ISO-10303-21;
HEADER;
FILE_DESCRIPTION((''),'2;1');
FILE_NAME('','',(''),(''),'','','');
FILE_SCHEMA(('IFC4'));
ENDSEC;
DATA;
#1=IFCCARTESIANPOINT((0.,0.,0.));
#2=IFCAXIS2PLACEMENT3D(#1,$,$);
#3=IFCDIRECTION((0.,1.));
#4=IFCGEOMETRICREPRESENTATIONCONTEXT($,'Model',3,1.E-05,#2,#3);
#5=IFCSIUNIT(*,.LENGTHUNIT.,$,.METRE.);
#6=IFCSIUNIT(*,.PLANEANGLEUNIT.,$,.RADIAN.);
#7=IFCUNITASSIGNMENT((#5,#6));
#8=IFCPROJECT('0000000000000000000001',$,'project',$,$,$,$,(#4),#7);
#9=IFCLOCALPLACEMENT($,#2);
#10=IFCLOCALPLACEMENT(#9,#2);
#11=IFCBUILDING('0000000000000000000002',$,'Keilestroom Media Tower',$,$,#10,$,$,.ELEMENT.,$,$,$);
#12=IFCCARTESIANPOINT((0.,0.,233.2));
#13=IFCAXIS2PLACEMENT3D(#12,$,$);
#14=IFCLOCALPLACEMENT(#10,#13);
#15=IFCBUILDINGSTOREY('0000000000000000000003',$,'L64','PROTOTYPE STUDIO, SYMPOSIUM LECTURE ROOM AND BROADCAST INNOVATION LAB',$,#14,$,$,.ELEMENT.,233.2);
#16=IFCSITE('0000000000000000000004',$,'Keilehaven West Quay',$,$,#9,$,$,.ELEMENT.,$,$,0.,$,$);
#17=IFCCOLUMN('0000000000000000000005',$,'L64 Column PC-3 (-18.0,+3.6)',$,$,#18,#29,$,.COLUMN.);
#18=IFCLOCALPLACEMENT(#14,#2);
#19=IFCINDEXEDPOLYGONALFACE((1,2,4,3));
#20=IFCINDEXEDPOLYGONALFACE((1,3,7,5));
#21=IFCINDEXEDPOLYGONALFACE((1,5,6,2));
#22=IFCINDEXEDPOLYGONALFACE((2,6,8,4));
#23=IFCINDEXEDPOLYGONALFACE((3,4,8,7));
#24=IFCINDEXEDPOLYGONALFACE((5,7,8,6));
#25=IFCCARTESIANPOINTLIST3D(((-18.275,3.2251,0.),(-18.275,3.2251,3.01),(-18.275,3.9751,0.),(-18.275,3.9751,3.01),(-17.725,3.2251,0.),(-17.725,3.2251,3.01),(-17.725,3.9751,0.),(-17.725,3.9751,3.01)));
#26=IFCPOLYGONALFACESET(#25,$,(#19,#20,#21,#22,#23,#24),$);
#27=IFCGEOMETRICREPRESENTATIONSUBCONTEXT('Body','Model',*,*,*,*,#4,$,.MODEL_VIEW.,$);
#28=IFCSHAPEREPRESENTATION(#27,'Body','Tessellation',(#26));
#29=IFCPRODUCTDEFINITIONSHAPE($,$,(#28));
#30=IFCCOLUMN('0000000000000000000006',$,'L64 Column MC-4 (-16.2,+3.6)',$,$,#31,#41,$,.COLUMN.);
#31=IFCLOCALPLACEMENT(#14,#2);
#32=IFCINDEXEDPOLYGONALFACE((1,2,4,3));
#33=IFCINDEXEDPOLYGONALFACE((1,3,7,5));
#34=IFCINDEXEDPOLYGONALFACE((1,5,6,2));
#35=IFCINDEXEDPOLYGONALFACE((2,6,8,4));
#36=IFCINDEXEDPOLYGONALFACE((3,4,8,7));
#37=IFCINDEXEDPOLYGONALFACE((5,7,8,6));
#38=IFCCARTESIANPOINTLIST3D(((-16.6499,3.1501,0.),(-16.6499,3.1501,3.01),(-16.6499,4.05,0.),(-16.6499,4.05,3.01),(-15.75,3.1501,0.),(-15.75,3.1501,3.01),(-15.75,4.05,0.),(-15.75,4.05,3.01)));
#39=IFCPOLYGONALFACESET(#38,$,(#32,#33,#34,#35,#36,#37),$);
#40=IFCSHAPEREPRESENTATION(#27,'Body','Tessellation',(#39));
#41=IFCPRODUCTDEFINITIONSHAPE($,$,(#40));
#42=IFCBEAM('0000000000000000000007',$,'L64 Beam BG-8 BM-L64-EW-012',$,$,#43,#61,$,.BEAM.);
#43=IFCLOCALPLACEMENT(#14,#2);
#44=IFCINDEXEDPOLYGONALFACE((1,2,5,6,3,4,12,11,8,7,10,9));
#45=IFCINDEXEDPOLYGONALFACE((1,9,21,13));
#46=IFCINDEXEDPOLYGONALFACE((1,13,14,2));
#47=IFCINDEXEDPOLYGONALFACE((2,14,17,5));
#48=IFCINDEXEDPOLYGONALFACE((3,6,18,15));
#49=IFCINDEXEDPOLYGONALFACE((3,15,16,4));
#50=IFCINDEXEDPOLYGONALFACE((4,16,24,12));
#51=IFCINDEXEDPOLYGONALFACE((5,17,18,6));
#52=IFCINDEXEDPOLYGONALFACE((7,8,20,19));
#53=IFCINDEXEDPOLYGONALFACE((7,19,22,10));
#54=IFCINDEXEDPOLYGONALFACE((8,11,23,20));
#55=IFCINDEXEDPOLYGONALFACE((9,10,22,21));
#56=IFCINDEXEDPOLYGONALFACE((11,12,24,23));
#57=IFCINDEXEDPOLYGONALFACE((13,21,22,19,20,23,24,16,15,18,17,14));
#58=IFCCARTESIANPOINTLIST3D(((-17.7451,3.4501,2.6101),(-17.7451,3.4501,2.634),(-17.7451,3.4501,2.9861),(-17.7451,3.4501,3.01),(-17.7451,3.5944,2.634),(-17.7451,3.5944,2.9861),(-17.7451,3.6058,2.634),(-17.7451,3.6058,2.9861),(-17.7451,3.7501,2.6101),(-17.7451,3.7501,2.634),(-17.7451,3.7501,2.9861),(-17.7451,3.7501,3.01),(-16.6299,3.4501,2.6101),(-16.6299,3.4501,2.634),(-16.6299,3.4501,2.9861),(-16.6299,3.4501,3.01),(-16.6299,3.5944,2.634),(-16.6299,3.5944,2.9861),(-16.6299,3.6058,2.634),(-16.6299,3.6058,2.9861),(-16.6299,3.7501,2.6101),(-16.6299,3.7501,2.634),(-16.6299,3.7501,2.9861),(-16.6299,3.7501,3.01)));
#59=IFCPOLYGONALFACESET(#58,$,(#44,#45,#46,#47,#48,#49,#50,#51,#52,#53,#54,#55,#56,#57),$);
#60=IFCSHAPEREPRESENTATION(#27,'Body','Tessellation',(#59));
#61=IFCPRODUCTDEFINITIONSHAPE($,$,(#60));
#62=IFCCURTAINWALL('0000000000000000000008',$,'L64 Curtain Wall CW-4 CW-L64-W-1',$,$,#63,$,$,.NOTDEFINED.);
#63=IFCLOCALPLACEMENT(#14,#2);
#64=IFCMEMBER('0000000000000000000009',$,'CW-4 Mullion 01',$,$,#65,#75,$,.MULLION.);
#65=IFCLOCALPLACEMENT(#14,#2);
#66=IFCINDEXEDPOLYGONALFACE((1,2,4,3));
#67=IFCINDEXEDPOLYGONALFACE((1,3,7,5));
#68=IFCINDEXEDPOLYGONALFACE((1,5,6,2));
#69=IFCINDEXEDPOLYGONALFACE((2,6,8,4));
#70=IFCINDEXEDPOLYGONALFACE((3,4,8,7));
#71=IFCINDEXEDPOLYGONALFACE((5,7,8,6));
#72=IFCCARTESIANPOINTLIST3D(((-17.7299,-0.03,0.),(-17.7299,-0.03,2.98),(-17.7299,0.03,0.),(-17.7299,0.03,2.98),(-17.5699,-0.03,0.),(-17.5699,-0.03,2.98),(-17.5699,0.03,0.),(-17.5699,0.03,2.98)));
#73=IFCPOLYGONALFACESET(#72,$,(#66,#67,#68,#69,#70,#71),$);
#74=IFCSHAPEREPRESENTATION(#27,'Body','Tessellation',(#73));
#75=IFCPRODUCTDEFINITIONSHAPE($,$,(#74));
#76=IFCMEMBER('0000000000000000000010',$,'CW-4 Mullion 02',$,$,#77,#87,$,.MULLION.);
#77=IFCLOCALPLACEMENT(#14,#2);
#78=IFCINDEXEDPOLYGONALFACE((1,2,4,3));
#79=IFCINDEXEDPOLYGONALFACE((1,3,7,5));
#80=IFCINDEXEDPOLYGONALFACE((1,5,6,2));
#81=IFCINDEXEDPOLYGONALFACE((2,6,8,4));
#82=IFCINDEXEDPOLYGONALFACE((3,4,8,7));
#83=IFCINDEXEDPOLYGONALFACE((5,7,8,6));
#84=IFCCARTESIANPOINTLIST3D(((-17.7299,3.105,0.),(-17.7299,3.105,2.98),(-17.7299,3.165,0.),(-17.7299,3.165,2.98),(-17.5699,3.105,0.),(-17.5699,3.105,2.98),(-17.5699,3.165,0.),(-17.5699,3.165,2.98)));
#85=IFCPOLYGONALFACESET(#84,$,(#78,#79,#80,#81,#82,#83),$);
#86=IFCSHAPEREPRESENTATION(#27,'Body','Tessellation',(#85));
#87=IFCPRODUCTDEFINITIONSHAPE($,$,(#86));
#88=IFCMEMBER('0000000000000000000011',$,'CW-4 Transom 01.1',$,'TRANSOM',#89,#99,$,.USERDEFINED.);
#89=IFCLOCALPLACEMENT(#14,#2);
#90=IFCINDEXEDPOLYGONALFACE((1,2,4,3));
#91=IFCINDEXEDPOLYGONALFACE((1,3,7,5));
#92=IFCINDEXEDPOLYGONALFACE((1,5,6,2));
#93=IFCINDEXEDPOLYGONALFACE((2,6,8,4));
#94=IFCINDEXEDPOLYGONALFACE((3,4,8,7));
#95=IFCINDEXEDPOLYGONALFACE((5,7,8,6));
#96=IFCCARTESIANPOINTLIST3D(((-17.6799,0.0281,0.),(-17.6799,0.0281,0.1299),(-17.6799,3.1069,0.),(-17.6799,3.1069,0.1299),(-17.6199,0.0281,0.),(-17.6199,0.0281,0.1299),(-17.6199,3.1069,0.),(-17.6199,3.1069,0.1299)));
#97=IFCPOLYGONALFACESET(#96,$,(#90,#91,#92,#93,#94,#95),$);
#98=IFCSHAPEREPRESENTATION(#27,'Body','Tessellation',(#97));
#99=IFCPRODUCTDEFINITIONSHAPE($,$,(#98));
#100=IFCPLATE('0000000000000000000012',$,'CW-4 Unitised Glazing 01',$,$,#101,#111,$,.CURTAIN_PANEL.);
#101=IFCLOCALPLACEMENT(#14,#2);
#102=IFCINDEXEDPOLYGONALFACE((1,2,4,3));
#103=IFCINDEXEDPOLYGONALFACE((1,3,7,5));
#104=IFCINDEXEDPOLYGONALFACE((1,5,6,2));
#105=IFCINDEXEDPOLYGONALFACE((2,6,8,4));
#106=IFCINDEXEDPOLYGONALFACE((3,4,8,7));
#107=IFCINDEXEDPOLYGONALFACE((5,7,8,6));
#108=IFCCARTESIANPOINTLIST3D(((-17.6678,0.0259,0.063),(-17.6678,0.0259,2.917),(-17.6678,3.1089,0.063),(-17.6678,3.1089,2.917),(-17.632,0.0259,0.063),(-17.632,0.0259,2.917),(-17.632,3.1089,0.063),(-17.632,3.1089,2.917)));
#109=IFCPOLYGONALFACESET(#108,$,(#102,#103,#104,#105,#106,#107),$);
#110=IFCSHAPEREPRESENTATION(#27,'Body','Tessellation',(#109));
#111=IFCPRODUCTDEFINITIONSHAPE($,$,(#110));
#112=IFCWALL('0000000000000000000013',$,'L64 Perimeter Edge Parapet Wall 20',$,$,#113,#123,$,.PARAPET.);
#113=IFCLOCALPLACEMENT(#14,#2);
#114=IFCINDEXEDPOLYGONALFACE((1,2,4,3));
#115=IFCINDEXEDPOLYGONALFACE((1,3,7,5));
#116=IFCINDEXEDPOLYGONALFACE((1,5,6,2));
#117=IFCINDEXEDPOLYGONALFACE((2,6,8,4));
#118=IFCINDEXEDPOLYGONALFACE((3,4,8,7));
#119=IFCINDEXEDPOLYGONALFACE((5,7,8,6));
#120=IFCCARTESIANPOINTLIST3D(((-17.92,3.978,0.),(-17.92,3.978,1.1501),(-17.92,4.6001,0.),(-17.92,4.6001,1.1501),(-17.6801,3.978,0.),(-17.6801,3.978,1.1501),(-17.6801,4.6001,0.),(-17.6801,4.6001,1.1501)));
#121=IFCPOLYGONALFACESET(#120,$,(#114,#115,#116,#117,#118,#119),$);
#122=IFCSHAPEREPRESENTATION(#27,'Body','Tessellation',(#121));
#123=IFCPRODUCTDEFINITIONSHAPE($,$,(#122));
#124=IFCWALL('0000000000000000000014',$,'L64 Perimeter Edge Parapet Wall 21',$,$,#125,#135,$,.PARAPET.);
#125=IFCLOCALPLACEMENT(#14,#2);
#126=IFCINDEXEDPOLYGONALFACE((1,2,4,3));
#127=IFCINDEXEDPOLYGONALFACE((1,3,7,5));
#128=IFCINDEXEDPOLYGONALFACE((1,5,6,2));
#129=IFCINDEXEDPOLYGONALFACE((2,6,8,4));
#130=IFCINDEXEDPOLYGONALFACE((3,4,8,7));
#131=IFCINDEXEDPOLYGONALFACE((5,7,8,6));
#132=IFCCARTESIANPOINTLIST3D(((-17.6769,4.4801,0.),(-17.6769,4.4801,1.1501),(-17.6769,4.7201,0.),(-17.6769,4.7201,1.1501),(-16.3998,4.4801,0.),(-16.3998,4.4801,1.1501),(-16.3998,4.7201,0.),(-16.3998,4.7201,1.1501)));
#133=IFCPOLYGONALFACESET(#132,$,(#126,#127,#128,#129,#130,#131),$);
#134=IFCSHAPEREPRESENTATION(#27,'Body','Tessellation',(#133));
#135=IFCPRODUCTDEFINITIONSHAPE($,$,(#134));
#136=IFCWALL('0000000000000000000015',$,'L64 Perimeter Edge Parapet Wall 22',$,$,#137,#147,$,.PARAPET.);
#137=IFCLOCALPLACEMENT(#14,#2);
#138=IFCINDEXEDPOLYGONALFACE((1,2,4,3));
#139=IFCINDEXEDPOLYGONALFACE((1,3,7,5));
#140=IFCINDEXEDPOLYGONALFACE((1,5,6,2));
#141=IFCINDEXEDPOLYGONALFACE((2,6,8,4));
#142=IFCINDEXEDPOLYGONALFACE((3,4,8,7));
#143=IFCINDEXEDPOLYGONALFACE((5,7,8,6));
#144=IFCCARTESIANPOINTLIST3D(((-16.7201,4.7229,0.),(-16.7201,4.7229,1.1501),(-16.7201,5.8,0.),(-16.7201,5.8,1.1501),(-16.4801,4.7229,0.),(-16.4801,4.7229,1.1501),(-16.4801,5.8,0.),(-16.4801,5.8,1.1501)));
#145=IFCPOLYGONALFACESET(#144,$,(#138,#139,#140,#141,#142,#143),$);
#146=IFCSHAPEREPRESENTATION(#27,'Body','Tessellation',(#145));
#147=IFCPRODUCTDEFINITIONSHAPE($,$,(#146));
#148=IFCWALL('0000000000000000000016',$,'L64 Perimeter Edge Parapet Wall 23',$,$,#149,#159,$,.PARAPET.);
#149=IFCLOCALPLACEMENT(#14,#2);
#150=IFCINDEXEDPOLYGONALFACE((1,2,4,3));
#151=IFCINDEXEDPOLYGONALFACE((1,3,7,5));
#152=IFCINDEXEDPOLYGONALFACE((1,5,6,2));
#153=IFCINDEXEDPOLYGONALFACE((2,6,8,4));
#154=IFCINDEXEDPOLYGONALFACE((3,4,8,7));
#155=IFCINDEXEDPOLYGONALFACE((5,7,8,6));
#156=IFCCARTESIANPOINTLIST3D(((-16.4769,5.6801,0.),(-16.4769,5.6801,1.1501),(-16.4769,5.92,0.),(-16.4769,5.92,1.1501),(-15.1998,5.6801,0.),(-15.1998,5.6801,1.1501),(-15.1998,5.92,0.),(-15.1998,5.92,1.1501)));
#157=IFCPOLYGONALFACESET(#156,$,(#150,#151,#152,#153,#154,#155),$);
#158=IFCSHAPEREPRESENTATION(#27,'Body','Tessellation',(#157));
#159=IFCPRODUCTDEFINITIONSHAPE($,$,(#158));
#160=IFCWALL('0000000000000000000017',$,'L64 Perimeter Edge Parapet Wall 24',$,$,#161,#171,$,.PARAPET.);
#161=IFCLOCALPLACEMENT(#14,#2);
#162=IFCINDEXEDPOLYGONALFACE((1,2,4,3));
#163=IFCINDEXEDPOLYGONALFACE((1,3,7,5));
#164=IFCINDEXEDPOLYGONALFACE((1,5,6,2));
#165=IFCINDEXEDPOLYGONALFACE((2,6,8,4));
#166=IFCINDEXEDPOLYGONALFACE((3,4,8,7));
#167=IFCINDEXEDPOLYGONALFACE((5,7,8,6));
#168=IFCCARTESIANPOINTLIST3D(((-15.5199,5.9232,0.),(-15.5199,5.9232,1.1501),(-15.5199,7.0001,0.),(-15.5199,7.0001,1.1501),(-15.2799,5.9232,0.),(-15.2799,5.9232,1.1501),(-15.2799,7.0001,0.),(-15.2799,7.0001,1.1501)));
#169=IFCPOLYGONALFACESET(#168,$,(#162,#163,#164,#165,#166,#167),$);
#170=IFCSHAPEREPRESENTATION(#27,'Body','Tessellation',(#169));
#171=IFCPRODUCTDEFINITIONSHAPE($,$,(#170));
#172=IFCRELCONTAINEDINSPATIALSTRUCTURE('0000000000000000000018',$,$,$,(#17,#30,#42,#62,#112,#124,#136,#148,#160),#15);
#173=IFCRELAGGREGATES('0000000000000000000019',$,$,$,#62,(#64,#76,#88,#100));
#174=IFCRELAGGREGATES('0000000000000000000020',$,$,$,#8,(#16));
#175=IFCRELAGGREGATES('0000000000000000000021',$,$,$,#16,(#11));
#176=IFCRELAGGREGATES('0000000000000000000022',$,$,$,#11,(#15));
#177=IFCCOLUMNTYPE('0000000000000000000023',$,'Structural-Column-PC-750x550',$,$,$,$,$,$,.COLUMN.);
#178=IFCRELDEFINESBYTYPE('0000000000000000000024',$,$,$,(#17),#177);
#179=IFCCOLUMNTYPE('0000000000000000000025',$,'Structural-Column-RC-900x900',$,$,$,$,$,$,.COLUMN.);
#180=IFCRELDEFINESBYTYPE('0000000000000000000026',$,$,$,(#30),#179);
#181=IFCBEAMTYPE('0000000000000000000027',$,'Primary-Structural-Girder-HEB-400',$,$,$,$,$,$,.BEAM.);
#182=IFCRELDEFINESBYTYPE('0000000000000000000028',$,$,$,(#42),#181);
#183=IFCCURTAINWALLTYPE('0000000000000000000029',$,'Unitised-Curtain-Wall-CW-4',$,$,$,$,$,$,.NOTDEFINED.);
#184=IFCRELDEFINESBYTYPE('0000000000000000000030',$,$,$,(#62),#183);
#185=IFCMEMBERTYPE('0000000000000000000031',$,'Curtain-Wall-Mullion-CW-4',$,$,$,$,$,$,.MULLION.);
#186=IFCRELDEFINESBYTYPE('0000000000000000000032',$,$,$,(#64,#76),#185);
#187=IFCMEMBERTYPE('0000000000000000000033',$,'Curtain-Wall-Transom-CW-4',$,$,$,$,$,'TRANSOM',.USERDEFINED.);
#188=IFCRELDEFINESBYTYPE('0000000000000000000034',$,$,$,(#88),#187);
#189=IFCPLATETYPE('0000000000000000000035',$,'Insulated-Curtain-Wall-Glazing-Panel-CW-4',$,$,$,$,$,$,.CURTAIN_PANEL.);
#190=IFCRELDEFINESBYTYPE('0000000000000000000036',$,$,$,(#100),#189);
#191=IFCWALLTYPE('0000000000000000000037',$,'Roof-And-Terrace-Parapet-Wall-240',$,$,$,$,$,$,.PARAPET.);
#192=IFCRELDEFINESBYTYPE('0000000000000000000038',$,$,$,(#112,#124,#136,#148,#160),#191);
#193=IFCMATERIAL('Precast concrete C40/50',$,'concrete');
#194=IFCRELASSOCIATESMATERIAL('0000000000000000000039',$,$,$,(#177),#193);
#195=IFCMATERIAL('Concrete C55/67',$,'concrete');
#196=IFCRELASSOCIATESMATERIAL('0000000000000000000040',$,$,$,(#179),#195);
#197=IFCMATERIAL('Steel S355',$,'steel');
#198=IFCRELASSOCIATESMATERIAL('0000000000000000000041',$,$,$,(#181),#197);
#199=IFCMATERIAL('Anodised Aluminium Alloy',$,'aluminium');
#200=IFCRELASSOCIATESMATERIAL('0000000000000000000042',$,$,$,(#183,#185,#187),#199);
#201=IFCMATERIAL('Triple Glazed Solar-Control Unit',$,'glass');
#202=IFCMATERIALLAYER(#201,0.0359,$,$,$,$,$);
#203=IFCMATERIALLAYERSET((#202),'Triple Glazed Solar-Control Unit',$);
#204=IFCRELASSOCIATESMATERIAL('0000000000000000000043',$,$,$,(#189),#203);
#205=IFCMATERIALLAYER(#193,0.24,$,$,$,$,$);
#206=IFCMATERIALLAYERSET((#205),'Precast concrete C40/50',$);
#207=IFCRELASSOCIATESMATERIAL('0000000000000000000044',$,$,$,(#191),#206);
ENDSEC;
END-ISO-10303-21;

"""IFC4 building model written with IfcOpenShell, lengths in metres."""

from ifc_helpers import new_model, si_unit, direction, frame, frame_2d, origin, origin_2d, place, context, subcontext, project, spatial, rectangle, i_section, extrude, source, transform, mapped, material, layer, layer_set, material_profile, profile_set, type_object, element, aggregate, save


model = new_model("IFC4")

# Units and contexts
model_context = context("Model", 3, precision=1e-05, world=origin(), true_north=direction((0.0, 1.0)))
body_context = subcontext(model_context, "Body", "Model", "MODEL_VIEW")
ifc_project = project(units=[si_unit("LENGTHUNIT", "METRE"), si_unit("PLANEANGLEUNIT", "RADIAN")], contexts=[model_context])

# Site, building, storey
site_placement = place(None, origin())
site = spatial("IfcSite", under=ifc_project, at=site_placement, Name="Keilehaven West Quay", CompositionType="ELEMENT", RefElevation=0.0)
building_placement = place(site_placement, origin())
building = spatial("IfcBuilding", under=site, at=building_placement, Name="Keilestroom Media Tower", CompositionType="ELEMENT")
storey_placement = place(building_placement, frame((0.0, 0.0, 233.2)))
storey = spatial("IfcBuildingStorey", under=building, at=storey_placement, Name="L64", Description="PROTOTYPE STUDIO, SYMPOSIUM LECTURE ROOM AND BROADCAST INNOVATION LAB", CompositionType="ELEMENT", Elevation=233.2)

# Columns
ifc_material_1 = material(Name="Precast concrete C40/50", Category="concrete")
ifc_material_profile_1 = material_profile(ifc_material_1, rectangle(XDim=0.55, YDim=0.75, at=origin_2d()), Name="PC 750x550")
ifc_profile_set_1 = profile_set([ifc_material_profile_1], Name="Precast concrete C40/50")
column_type_1 = type_object("IfcColumnType", Name="Structural-Column-PC-750x550", PredefinedType="COLUMN", material=ifc_profile_set_1)
shared_shape_1 = source(origin(), body_context, "Body", "SweptSolid", [
    extrude(rectangle(XDim=0.55, YDim=0.75, at=origin_2d()), origin(), (0.0, 0.0, 1.0), 3.01),
])
column_1_placement = place(storey_placement, frame((-18.0, 3.6001, 0.0), z_axis=(0.0, 0.0, 1.0), x_axis=(1.0, 0.0, 0.0)))
element("IfcColumn", 1, at=column_1_placement, inside=storey, type_object=column_type_1, Name="L64 Column PC-3 (-18.0,+3.6)", PredefinedType="COLUMN", context=body_context, shape_type="MappedRepresentation", body=[
    mapped(shared_shape_1, transform((0.0, 0.0, 0.0), x_axis=(1.0, 0.0, 0.0), y_axis=(0.0, 1.0, 0.0), z_axis=(0.0, 0.0, 1.0), scale=1.0)),
])
ifc_material_2 = material(Name="Concrete C55/67", Category="concrete")
ifc_material_profile_2 = material_profile(ifc_material_2, rectangle(XDim=0.8999, YDim=0.8999, at=origin_2d()), Name="RC 900x900")
ifc_profile_set_2 = profile_set([ifc_material_profile_2], Name="Concrete C55/67")
column_type_2 = type_object("IfcColumnType", Name="Structural-Column-RC-900x900", PredefinedType="COLUMN", material=ifc_profile_set_2)
shared_shape_2 = source(origin(), body_context, "Body", "SweptSolid", [
    extrude(rectangle(XDim=0.8999, YDim=0.8999, at=origin_2d()), origin(), (0.0, 0.0, 1.0), 3.01),
])
column_2_placement = place(storey_placement, frame((-16.2, 3.6001, 0.0), z_axis=(0.0, 0.0, 1.0), x_axis=(1.0, 0.0, 0.0)))
element("IfcColumn", 2, at=column_2_placement, inside=storey, type_object=column_type_2, Name="L64 Column MC-4 (-16.2,+3.6)", PredefinedType="COLUMN", context=body_context, shape_type="MappedRepresentation", body=[
    mapped(shared_shape_2, transform((0.0, 0.0, 0.0), x_axis=(1.0, 0.0, 0.0), y_axis=(0.0, 1.0, 0.0), z_axis=(0.0, 0.0, 1.0), scale=1.0)),
])

# Beam
ifc_material_3 = material(Name="Steel S355", Category="steel")
ifc_material_profile_3 = material_profile(ifc_material_3, i_section(OverallWidth=0.3, OverallDepth=0.3999, WebThickness=0.0115, FlangeThickness=0.0239, at=origin_2d()), Name="HEB 400")
ifc_profile_set_3 = profile_set([ifc_material_profile_3], Name="Steel S355")
beam_type = type_object("IfcBeamType", Name="Primary-Structural-Girder-HEB-400", PredefinedType="BEAM", material=ifc_profile_set_3)
shared_shape_3 = source(origin(), body_context, "Body", "SweptSolid", [
    extrude(i_section(OverallWidth=0.3, OverallDepth=0.3999, WebThickness=0.0115, FlangeThickness=0.0239, at=origin_2d()), origin(), (0.0, 0.0, 1.0), 1.1152),
])
beam_placement = place(storey_placement, frame((-17.7451, 3.6001, 2.8101), z_axis=(1.0, 0.0, 0.0), x_axis=(0.0, 1.0, 0.0)))
element("IfcBeam", 3, at=beam_placement, inside=storey, type_object=beam_type, Name="L64 Beam BG-8 BM-L64-EW-012", PredefinedType="BEAM", context=body_context, shape_type="MappedRepresentation", body=[
    mapped(shared_shape_3, transform((0.0, 0.0, 0.0), x_axis=(1.0, 0.0, 0.0), y_axis=(0.0, 1.0, 0.0), z_axis=(0.0, 0.0, 1.0), scale=1.0)),
])

# Curtain wall, members, plate
ifc_material_4 = material(Name="Anodised Aluminium Alloy", Category="aluminium")
curtain_wall_type = type_object("IfcCurtainWallType", Name="Unitised-Curtain-Wall-CW-4", PredefinedType="NOTDEFINED", material=ifc_material_4)
curtain_wall_placement = place(storey_placement, origin())
curtain_wall = element("IfcCurtainWall", 4, at=curtain_wall_placement, inside=storey, type_object=curtain_wall_type, Name="L64 Curtain Wall CW-4 CW-L64-W-1", PredefinedType="NOTDEFINED")
ifc_material_profile_4 = material_profile(ifc_material_4, rectangle(XDim=0.0601, YDim=0.1599, at=origin_2d()), Name="ALU MULLION 60x160")
ifc_profile_set_4 = profile_set([ifc_material_profile_4], Name="Anodised Aluminium Alloy")
member_type_1 = type_object("IfcMemberType", Name="Curtain-Wall-Mullion-CW-4", PredefinedType="MULLION", material=ifc_profile_set_4)
shared_shape_4 = source(origin(), body_context, "Body", "SweptSolid", [
    extrude(rectangle(XDim=0.0601, YDim=0.1599, at=origin_2d()), origin(), (0.0, 0.0, 1.0), 2.98),
])
member_1_placement = place(storey_placement, frame((-17.6499, 0.0, 0.0), z_axis=(0.0, 0.0, 1.0), x_axis=(0.0, 1.0, 0.0)))
member_1 = element("IfcMember", 5, at=member_1_placement, type_object=member_type_1, Name="CW-4 Mullion 01", PredefinedType="MULLION", context=body_context, shape_type="MappedRepresentation", body=[
    mapped(shared_shape_4, transform((0.0, 0.0, 0.0), x_axis=(1.0, 0.0, 0.0), y_axis=(0.0, 1.0, 0.0), z_axis=(0.0, 0.0, 1.0), scale=1.0)),
])
member_2_placement = place(storey_placement, frame((-17.6499, 3.135, 0.0), z_axis=(0.0, 0.0, 1.0), x_axis=(0.0, 1.0, 0.0)))
member_2 = element("IfcMember", 6, at=member_2_placement, type_object=member_type_1, Name="CW-4 Mullion 02", PredefinedType="MULLION", context=body_context, shape_type="MappedRepresentation", body=[
    mapped(shared_shape_4, transform((0.0, 0.0, 0.0), x_axis=(1.0, 0.0, 0.0), y_axis=(0.0, 1.0, 0.0), z_axis=(0.0, 0.0, 1.0), scale=1.0)),
])
ifc_material_profile_5 = material_profile(ifc_material_4, rectangle(XDim=0.0601, YDim=0.1299, at=origin_2d()), Name="ALU TRANSOM 60x130")
ifc_profile_set_5 = profile_set([ifc_material_profile_5], Name="Anodised Aluminium Alloy")
member_type_2 = type_object("IfcMemberType", Name="Curtain-Wall-Transom-CW-4", ElementType="TRANSOM", PredefinedType="USERDEFINED", material=ifc_profile_set_5)
shared_shape_5 = source(origin(), body_context, "Body", "SweptSolid", [
    extrude(rectangle(XDim=0.0601, YDim=0.1299, at=origin_2d()), origin(), (0.0, 0.0, 1.0), 3.0789),
])
member_3_placement = place(storey_placement, frame((-17.6499, 0.0281, 0.0649), z_axis=(0.0, 1.0, 0.0), x_axis=(-1.0, 0.0, 0.0)))
member_3 = element("IfcMember", 7, at=member_3_placement, type_object=member_type_2, Name="CW-4 Transom 01.1", ObjectType="TRANSOM", PredefinedType="USERDEFINED", context=body_context, shape_type="MappedRepresentation", body=[
    mapped(shared_shape_5, transform((0.0, 0.0, 0.0), x_axis=(1.0, 0.0, 0.0), y_axis=(0.0, 1.0, 0.0), z_axis=(0.0, 0.0, 1.0), scale=1.0)),
])
ifc_material_5 = material(Name="Triple Glazed Solar-Control Unit", Category="glass")
ifc_layer_1 = layer(ifc_material_5, 0.0359)
ifc_layer_set_1 = layer_set([ifc_layer_1], Name="Triple Glazed Solar-Control Unit")
plate_type = type_object("IfcPlateType", Name="Insulated-Curtain-Wall-Glazing-Panel-CW-4", PredefinedType="CURTAIN_PANEL", material=ifc_layer_set_1)
shared_shape_6 = source(origin(), body_context, "Body", "SweptSolid", [
    extrude(rectangle(XDim=3.083, YDim=0.0359, at=origin_2d()), origin(), (0.0, 0.0, 1.0), 2.854),
])
plate_placement = place(storey_placement, frame((-17.6499, 1.5674, 0.063), z_axis=(0.0, 0.0, 1.0), x_axis=(0.0, 1.0, 0.0)))
plate = element("IfcPlate", 8, at=plate_placement, type_object=plate_type, Name="CW-4 Unitised Glazing 01", PredefinedType="CURTAIN_PANEL", context=body_context, shape_type="MappedRepresentation", body=[
    mapped(shared_shape_6, transform((0.0, 0.0, 0.0), x_axis=(1.0, 0.0, 0.0), y_axis=(0.0, 1.0, 0.0), z_axis=(0.0, 0.0, 1.0), scale=1.0)),
])
aggregate(curtain_wall, [member_1, member_2, member_3, plate])

# Walls
ifc_layer_2 = layer(ifc_material_1, 0.24)
ifc_layer_set_2 = layer_set([ifc_layer_2], Name="Precast concrete C40/50")
wall_type = type_object("IfcWallType", Name="Roof-And-Terrace-Parapet-Wall-240", PredefinedType="PARAPET", material=ifc_layer_set_2)
wall_1_placement = place(storey_placement, frame((-17.8, 3.978, 0.0), z_axis=(0.0, 0.0, 1.0), x_axis=(0.0, 1.0, 0.0)))
element("IfcWall", 9, at=wall_1_placement, inside=storey, type_object=wall_type, Name="L64 Perimeter Edge Parapet Wall 20", PredefinedType="PARAPET", context=body_context, shape_type="SweptSolid", body=[
    extrude(rectangle(XDim=0.6221, YDim=0.24, at=frame_2d((0.311, 0.0))), origin(), (0.0, 0.0, 1.0), 1.1501),
])
wall_2_placement = place(storey_placement, frame((-17.677, 4.6001, 0.0), z_axis=(0.0, 0.0, 1.0), x_axis=(1.0, 0.0, 0.0)))
element("IfcWall", 10, at=wall_2_placement, inside=storey, type_object=wall_type, Name="L64 Perimeter Edge Parapet Wall 21", PredefinedType="PARAPET", context=body_context, shape_type="SweptSolid", body=[
    extrude(rectangle(XDim=1.2771, YDim=0.24, at=frame_2d((0.6387, 0.0))), origin(), (0.0, 0.0, 1.0), 1.1501),
])
wall_3_placement = place(storey_placement, frame((-16.6001, 4.7229, 0.0), z_axis=(0.0, 0.0, 1.0), x_axis=(0.0, 1.0, 0.0)))
element("IfcWall", 11, at=wall_3_placement, inside=storey, type_object=wall_type, Name="L64 Perimeter Edge Parapet Wall 22", PredefinedType="PARAPET", context=body_context, shape_type="SweptSolid", body=[
    extrude(rectangle(XDim=1.0771, YDim=0.24, at=frame_2d((0.5386, 0.0))), origin(), (0.0, 0.0, 1.0), 1.1501),
])
wall_4_placement = place(storey_placement, frame((-16.4771, 5.8, 0.0), z_axis=(0.0, 0.0, 1.0), x_axis=(1.0, 0.0, 0.0)))
element("IfcWall", 12, at=wall_4_placement, inside=storey, type_object=wall_type, Name="L64 Perimeter Edge Parapet Wall 23", PredefinedType="PARAPET", context=body_context, shape_type="SweptSolid", body=[
    extrude(rectangle(XDim=1.2771, YDim=0.24, at=frame_2d((0.6387, 0.0))), origin(), (0.0, 0.0, 1.0), 1.1501),
])
wall_5_placement = place(storey_placement, frame((-15.3999, 5.9231, 0.0), z_axis=(0.0, 0.0, 1.0), x_axis=(0.0, 1.0, 0.0)))
element("IfcWall", 13, at=wall_5_placement, inside=storey, type_object=wall_type, Name="L64 Perimeter Edge Parapet Wall 24", PredefinedType="PARAPET", context=body_context, shape_type="SweptSolid", body=[
    extrude(rectangle(XDim=1.0769, YDim=0.24, at=frame_2d((0.5386, 0.0))), origin(), (0.0, 0.0, 1.0), 1.1501),
])

save(model, "model.ifc")
